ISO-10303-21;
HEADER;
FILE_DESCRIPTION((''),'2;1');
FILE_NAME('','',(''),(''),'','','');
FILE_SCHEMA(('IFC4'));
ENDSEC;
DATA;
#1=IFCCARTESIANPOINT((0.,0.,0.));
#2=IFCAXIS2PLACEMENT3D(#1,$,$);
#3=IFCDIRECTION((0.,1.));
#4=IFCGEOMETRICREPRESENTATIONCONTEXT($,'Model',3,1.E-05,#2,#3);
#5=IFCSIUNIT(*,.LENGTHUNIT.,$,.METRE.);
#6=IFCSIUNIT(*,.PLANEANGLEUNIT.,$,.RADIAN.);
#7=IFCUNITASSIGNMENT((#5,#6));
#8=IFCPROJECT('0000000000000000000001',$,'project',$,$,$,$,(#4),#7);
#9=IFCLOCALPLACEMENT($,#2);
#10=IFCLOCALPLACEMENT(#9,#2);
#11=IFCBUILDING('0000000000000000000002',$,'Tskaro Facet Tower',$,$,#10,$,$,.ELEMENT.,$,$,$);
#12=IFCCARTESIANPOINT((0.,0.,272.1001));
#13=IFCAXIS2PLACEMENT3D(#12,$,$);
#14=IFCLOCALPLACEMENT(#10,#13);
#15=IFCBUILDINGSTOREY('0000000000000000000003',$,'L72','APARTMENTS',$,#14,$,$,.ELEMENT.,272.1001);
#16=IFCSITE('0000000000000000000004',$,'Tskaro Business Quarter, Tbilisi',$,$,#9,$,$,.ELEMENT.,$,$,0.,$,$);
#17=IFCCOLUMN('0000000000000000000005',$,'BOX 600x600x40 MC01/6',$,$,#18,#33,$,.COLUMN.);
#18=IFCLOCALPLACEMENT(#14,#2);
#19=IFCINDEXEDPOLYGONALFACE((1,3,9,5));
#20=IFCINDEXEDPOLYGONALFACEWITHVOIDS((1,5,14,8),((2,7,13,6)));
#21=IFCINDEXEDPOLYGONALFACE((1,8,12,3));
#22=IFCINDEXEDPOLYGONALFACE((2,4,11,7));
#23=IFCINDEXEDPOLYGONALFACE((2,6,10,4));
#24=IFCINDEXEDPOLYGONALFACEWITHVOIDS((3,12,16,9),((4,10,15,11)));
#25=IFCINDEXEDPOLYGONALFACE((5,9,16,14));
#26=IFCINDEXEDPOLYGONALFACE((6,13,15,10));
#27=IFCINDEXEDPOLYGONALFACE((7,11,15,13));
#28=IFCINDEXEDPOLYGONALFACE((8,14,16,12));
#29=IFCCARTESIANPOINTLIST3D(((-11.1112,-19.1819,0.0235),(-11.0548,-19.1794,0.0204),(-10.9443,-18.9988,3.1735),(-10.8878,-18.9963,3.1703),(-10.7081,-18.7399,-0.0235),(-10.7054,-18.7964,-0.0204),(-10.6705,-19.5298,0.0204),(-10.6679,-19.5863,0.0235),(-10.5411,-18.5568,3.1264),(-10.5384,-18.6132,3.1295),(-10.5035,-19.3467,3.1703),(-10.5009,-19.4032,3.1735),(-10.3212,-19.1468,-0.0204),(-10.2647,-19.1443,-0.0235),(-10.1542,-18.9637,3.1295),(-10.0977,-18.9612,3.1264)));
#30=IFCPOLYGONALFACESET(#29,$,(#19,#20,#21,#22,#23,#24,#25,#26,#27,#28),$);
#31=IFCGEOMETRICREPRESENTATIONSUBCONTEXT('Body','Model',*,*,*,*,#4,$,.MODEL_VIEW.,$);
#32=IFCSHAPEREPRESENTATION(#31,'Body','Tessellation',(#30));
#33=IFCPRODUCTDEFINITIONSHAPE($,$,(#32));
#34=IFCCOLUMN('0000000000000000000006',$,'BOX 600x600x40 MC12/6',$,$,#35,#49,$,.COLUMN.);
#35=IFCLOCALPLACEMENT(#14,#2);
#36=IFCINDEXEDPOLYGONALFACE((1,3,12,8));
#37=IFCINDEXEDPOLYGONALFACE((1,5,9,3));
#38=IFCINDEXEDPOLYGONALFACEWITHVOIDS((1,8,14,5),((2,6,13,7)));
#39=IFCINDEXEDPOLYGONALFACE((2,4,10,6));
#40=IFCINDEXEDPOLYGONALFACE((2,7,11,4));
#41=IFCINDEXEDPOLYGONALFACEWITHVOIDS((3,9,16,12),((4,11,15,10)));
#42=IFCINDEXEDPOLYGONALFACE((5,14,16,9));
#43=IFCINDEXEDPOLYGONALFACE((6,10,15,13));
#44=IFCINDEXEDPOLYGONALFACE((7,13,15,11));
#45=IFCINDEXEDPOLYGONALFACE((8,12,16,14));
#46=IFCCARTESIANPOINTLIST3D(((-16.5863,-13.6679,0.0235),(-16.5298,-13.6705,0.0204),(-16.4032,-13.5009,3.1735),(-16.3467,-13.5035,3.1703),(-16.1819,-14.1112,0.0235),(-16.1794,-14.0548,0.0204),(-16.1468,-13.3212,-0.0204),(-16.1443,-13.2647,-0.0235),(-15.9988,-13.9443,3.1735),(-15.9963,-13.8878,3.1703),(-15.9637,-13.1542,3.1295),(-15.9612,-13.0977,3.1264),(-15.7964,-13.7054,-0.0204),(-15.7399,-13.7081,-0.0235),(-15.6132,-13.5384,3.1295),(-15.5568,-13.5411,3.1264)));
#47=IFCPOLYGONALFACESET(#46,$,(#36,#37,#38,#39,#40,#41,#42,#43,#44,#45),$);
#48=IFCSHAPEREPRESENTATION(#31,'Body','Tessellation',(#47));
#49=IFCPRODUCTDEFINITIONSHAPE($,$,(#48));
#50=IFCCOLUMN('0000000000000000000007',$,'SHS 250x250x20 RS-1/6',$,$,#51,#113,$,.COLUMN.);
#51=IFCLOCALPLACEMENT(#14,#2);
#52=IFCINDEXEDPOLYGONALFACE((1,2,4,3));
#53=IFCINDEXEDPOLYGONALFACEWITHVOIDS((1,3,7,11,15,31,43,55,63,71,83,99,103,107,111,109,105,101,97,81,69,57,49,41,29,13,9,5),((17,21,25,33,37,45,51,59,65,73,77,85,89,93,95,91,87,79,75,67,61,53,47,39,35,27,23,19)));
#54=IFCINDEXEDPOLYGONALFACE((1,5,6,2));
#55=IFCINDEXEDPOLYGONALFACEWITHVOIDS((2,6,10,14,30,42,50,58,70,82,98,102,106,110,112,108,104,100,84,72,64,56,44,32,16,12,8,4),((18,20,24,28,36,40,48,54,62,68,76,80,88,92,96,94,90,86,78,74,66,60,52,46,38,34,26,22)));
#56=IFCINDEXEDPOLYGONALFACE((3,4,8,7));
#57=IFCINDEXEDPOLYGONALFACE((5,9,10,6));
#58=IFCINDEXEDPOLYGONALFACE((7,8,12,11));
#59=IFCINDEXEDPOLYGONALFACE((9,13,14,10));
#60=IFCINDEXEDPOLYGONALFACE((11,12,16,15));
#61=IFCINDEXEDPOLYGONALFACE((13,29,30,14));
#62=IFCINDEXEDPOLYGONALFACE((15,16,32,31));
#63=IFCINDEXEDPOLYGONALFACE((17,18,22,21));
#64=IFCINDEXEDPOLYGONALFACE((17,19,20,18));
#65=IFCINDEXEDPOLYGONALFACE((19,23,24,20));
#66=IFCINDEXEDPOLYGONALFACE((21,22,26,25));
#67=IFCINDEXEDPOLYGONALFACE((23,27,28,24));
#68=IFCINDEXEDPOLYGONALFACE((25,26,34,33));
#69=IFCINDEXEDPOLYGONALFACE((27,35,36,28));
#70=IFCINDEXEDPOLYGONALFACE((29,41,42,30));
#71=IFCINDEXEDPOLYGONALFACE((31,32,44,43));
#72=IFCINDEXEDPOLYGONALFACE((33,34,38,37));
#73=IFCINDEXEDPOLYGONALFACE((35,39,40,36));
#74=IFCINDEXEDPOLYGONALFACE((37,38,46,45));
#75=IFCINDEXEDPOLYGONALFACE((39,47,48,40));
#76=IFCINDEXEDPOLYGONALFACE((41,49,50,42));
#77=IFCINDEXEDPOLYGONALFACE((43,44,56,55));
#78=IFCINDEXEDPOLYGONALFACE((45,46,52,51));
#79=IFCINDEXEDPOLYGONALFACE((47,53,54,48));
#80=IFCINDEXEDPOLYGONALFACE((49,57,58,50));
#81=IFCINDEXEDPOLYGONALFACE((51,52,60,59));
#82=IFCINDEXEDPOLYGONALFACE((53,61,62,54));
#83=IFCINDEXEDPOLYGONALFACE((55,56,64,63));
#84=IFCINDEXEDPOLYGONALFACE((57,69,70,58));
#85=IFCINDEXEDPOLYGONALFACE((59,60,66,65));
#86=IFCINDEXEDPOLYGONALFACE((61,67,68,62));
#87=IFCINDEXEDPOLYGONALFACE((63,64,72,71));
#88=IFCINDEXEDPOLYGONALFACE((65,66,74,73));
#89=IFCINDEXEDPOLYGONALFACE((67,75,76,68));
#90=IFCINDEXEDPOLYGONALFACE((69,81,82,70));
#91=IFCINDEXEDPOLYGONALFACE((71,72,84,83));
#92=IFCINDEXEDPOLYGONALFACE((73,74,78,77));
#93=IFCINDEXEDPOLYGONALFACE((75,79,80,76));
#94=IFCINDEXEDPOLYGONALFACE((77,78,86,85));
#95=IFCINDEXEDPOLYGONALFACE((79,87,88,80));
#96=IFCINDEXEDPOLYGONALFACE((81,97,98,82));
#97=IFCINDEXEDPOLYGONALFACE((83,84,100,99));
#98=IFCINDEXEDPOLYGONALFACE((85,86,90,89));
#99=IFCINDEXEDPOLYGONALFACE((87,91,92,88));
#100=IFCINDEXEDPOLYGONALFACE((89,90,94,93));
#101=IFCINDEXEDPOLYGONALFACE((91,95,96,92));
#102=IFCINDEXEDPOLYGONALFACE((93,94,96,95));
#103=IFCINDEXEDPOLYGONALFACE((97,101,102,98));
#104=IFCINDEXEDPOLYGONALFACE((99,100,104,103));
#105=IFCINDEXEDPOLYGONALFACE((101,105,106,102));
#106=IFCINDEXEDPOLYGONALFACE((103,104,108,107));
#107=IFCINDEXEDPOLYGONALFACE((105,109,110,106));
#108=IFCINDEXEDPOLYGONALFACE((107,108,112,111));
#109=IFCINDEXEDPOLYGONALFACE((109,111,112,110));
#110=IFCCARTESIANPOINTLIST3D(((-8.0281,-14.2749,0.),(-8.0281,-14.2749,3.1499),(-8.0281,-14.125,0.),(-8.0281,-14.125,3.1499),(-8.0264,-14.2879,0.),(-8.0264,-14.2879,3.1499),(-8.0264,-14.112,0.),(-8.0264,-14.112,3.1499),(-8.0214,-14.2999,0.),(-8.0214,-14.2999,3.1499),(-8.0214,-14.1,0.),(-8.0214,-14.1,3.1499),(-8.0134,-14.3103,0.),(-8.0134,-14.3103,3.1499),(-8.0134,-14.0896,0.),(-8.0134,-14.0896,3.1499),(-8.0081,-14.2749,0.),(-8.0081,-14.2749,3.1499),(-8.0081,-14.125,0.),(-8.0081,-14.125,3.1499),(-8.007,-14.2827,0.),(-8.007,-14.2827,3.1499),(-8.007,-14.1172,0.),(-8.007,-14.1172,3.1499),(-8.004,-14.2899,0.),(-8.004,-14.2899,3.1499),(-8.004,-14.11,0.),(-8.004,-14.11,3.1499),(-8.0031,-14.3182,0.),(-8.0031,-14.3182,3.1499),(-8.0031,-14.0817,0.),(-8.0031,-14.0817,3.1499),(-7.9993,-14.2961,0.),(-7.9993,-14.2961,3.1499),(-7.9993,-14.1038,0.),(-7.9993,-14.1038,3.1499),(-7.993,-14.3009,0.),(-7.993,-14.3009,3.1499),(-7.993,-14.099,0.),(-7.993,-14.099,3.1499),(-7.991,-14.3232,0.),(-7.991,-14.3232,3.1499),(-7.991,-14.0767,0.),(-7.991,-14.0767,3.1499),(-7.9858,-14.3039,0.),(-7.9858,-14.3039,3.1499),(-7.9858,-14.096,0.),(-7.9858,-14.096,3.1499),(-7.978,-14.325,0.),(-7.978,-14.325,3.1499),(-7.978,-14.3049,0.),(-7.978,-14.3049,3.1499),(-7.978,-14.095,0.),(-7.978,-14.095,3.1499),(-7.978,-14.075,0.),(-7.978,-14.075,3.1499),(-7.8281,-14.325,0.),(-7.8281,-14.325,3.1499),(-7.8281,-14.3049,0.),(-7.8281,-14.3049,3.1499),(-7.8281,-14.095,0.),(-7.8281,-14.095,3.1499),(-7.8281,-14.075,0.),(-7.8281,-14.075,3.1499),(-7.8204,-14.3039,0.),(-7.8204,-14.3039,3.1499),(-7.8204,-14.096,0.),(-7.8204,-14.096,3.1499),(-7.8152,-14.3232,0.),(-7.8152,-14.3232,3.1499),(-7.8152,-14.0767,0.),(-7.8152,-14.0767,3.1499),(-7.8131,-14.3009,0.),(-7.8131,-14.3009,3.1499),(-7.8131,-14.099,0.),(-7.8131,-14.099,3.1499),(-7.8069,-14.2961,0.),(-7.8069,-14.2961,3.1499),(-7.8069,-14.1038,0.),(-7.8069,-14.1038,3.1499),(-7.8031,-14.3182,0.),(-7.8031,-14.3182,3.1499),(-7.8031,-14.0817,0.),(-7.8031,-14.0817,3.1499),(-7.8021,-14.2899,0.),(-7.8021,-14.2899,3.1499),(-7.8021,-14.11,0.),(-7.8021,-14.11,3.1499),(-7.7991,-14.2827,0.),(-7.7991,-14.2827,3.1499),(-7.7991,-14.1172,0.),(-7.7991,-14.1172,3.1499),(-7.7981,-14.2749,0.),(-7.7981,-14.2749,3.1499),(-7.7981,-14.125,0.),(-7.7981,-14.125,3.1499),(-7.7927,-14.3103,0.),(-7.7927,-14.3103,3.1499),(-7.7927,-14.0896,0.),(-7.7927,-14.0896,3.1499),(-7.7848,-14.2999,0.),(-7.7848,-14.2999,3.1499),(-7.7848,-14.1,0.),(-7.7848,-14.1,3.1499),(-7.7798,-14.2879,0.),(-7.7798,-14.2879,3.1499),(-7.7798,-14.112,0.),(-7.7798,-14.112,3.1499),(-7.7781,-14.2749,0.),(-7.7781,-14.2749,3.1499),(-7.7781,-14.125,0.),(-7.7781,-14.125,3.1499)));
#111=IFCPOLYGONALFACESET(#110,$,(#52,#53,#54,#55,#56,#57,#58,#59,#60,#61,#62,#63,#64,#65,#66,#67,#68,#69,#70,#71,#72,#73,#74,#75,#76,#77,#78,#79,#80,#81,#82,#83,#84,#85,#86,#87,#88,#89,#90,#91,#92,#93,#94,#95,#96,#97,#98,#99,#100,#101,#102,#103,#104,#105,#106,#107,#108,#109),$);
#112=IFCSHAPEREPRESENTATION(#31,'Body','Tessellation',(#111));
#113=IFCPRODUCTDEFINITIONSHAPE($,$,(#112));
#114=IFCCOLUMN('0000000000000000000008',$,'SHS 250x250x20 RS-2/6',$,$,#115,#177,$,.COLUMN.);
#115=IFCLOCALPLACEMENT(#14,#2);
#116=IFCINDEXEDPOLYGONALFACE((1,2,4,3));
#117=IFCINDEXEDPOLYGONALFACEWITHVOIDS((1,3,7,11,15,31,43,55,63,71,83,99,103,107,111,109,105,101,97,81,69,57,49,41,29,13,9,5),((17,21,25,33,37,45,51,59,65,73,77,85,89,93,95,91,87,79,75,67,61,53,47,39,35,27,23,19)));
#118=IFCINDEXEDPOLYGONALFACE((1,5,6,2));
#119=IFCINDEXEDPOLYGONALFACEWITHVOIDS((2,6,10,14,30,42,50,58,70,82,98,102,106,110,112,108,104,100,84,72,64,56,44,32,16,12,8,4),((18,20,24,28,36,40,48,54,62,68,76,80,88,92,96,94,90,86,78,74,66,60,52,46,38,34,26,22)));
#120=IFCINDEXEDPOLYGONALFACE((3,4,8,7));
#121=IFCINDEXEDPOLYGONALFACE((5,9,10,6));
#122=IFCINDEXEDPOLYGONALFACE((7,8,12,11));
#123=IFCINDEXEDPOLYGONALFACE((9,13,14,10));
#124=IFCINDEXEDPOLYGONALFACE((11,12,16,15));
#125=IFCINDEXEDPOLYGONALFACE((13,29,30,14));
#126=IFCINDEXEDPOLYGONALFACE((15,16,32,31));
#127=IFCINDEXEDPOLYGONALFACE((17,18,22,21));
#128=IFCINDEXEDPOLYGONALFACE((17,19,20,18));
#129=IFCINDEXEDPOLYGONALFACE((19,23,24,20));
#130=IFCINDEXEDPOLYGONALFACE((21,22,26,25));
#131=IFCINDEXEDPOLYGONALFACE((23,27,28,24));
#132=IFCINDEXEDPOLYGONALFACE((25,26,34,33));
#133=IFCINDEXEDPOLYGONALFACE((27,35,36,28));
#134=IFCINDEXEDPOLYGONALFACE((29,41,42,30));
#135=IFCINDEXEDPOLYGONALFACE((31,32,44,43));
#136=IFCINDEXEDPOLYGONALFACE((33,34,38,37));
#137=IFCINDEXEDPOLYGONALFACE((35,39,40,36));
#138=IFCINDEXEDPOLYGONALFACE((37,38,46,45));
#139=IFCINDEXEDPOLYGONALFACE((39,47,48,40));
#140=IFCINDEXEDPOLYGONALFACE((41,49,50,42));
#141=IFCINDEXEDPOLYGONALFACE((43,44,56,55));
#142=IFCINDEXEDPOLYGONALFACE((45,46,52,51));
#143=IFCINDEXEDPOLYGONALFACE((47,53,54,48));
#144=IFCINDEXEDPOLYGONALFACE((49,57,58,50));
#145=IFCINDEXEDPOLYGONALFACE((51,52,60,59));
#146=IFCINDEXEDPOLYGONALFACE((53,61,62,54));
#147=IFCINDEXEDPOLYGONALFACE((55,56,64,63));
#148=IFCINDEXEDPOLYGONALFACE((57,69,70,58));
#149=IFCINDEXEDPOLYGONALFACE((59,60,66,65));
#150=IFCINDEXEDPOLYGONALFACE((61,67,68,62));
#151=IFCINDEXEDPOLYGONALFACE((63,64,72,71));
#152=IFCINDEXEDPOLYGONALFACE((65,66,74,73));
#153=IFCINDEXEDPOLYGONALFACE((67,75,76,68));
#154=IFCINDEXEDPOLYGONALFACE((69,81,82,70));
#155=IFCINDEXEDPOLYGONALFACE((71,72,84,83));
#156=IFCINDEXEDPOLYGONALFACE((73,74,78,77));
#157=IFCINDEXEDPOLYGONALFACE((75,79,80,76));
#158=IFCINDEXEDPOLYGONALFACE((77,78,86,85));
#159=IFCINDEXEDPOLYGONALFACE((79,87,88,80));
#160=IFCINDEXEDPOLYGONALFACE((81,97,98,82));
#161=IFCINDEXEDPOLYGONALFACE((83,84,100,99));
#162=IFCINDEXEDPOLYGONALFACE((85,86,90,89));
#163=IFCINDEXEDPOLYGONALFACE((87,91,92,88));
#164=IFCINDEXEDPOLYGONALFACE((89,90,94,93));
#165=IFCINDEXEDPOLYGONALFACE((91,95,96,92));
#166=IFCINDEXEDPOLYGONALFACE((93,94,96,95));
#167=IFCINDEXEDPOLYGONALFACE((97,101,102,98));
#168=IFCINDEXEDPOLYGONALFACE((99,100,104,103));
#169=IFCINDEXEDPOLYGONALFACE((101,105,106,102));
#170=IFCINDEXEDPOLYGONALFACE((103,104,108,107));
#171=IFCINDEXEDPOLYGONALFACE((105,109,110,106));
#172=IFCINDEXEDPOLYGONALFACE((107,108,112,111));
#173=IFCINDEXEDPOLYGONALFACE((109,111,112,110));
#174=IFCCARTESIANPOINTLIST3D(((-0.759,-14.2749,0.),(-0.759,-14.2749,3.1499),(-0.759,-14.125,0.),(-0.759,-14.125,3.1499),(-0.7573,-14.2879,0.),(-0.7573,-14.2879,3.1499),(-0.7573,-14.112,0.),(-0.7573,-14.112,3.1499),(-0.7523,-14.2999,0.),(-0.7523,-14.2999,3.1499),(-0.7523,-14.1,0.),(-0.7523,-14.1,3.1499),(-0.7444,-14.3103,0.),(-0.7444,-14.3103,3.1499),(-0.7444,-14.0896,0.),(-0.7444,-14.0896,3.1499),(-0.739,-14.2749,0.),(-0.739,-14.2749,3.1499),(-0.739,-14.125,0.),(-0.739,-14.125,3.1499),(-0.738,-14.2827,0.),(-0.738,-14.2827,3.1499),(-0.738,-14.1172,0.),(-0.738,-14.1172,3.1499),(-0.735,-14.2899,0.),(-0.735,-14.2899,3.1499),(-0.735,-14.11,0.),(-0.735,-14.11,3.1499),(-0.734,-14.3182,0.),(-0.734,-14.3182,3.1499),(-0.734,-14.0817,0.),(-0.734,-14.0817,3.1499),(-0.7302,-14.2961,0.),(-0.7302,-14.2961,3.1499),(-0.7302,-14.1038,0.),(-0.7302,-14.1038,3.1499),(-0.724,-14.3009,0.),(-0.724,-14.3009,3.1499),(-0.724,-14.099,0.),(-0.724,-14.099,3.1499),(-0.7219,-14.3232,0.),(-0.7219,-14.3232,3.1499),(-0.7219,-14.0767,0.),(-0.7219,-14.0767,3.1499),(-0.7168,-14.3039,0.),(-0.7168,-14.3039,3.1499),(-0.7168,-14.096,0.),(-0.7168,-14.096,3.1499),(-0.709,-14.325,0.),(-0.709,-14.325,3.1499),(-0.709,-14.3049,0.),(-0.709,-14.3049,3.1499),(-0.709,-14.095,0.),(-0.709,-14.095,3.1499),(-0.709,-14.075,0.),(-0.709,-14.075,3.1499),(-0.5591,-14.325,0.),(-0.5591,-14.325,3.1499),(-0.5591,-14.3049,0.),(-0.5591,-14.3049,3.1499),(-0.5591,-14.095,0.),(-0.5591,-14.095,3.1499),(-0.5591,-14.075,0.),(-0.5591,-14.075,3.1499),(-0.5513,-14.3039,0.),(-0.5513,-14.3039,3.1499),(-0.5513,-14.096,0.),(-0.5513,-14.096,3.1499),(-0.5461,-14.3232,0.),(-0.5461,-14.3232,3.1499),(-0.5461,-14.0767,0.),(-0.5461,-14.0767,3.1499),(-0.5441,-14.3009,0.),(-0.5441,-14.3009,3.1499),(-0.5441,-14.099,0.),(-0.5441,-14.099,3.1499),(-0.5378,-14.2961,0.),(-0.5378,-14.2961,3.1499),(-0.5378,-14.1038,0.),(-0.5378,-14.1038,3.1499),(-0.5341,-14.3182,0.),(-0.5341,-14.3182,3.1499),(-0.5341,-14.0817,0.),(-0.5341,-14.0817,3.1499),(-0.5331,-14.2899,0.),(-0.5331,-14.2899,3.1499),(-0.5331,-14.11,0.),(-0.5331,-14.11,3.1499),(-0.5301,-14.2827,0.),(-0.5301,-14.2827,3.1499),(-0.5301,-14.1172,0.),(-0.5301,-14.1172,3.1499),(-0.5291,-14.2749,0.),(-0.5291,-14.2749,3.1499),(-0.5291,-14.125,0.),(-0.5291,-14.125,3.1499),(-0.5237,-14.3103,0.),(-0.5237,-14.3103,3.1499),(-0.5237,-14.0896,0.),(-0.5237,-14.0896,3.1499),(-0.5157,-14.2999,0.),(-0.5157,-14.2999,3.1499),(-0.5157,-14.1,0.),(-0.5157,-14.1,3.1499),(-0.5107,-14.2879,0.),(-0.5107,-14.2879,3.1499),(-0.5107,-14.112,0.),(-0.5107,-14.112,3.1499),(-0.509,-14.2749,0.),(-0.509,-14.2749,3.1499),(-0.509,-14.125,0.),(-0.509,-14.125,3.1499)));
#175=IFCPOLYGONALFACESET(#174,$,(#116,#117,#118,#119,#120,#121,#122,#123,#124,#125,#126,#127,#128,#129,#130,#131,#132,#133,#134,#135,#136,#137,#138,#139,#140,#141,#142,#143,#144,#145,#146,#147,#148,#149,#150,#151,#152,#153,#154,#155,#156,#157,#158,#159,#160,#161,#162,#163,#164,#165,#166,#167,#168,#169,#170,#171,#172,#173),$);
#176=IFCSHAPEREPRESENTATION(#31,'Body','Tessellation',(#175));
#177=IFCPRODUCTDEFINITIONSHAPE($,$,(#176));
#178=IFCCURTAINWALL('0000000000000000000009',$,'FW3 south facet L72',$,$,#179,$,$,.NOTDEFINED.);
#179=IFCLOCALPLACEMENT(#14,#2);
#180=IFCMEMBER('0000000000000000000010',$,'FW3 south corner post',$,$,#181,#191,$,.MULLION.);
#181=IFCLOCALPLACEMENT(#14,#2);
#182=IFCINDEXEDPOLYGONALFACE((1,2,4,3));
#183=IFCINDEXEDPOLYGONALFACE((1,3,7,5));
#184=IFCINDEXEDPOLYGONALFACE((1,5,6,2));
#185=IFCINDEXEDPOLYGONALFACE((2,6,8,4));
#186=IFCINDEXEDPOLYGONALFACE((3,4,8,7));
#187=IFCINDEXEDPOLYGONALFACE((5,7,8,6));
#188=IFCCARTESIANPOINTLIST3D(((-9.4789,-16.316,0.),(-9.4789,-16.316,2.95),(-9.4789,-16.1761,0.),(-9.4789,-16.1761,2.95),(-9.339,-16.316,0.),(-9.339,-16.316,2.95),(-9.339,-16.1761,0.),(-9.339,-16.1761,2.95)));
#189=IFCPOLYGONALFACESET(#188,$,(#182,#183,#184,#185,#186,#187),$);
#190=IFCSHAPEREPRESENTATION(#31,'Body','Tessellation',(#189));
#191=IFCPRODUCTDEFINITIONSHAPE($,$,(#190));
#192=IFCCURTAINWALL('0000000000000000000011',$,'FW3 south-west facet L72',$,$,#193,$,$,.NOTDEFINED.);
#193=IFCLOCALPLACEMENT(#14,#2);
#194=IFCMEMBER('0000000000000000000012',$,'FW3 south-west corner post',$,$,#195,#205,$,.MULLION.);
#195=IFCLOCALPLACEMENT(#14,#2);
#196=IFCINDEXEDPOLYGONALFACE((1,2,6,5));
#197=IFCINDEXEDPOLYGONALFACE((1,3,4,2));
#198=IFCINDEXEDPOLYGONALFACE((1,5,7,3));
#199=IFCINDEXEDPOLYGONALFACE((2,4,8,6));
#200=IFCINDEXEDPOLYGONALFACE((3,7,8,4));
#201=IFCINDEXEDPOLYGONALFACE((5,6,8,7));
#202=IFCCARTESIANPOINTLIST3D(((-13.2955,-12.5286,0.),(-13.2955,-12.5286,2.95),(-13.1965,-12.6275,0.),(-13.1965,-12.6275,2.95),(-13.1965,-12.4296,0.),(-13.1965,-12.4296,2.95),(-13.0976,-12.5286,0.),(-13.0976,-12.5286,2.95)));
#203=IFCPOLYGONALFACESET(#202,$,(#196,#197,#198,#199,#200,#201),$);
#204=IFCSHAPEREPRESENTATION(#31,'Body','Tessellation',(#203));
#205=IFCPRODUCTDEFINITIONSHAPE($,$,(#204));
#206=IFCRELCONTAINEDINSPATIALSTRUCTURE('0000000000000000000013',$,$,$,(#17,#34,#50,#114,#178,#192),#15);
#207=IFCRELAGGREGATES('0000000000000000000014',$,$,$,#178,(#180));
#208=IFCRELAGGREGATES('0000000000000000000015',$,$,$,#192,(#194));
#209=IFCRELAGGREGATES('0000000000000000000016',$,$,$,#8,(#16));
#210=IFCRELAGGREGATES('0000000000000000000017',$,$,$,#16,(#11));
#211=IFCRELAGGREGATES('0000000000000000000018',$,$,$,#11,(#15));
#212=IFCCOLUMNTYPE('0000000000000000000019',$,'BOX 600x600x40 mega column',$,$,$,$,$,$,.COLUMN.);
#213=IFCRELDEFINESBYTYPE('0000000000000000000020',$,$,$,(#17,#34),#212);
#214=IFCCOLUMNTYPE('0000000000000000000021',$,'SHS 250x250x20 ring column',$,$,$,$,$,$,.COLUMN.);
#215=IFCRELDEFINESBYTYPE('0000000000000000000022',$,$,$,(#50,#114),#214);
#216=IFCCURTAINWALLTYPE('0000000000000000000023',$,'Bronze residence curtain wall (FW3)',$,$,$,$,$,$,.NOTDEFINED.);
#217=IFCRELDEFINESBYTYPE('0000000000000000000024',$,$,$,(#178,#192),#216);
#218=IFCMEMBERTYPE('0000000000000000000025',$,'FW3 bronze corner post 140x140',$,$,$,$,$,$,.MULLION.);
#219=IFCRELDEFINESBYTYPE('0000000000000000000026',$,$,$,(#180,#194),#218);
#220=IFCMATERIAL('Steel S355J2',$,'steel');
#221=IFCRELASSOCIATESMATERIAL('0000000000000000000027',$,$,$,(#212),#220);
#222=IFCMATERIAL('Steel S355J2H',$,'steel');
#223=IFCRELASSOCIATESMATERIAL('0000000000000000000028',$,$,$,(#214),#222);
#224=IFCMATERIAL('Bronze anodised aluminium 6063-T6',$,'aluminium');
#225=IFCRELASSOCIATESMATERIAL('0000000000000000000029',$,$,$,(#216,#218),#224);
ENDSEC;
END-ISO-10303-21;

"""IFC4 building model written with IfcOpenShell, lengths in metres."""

from ifc_helpers import new_model, si_unit, direction, frame, origin, origin_2d, place, context, subcontext, project, spatial, rectangle, hollow_rectangle, extrude, material, material_profile, profile_set, type_object, element, aggregate, save


model = new_model("IFC4")

# Units and contexts
model_context = context("Model", 3, precision=1e-05, world=origin(), true_north=direction((0.0, 1.0)))
body_context = subcontext(model_context, "Body", "Model", "MODEL_VIEW")
ifc_project = project(units=[si_unit("LENGTHUNIT", "METRE"), si_unit("PLANEANGLEUNIT", "RADIAN")], contexts=[model_context])

# Site, building, storey
site_placement = place(None, origin())
site = spatial("IfcSite", under=ifc_project, at=site_placement, Name="Tskaro Business Quarter, Tbilisi", CompositionType="ELEMENT", RefElevation=0.0)
building_placement = place(site_placement, origin())
building = spatial("IfcBuilding", under=site, at=building_placement, Name="Tskaro Facet Tower", CompositionType="ELEMENT")
storey_placement = place(building_placement, frame((0.0, 0.0, 272.1001)))
storey = spatial("IfcBuildingStorey", under=building, at=storey_placement, Name="L72", Description="APARTMENTS", CompositionType="ELEMENT", Elevation=272.1001)

# Columns
ifc_material_1 = material(Name="Steel S355J2", Category="steel")
ifc_material_profile_1 = material_profile(ifc_material_1, hollow_rectangle(XDim=0.6001, YDim=0.6001, WallThickness=0.04, at=origin_2d()), Name="BOX 600x600x40")
ifc_profile_set_1 = profile_set([ifc_material_profile_1], Name="Steel S355J2")
column_type_1 = type_object("IfcColumnType", Name="BOX 600x600x40 mega column", PredefinedType="COLUMN", material=ifc_profile_set_1)
for number, where, z_axis, x_axis, name in (
    (1, (-10.688, -19.1631, 0.0), (0.052852, 0.057951, 0.996919), (-0.738869, 0.673849, 0.0), "BOX 600x600x40 MC01/6"),
    (2, (-16.1631, -13.688, 0.0), (0.057951, 0.052852, 0.996919), (-0.673849, 0.738869, 0.0), "BOX 600x600x40 MC12/6"),
):
    element("IfcColumn", number, at=place(storey_placement, frame(where, z_axis=z_axis, x_axis=x_axis)), inside=storey, type_object=column_type_1, Name=name, PredefinedType="COLUMN", context=body_context, shape_type="SweptSolid", body=[
        extrude(hollow_rectangle(XDim=0.6001, YDim=0.6001, WallThickness=0.04, at=origin_2d()), origin(), (0.0, 0.0, 1.0), 3.1597),
    ])
ifc_material_2 = material(Name="Steel S355J2H", Category="steel")
ifc_material_profile_2 = material_profile(ifc_material_2, hollow_rectangle(XDim=0.25, YDim=0.25, WallThickness=0.02, InnerFilletRadius=0.03, OuterFilletRadius=0.05, at=origin_2d()), Name="SHS 250x250x20")
ifc_profile_set_2 = profile_set([ifc_material_profile_2], Name="Steel S355J2H")
column_type_2 = type_object("IfcColumnType", Name="SHS 250x250x20 ring column", PredefinedType="COLUMN", material=ifc_profile_set_2)
for number, where, z_axis, x_axis, name in (
    (3, (-7.9031, -14.2, 0.0), (0.0, 0.0, 1.0), (1.0, 0.0, 0.0), "SHS 250x250x20 RS-1/6"),
    (4, (-0.634, -14.2, 0.0), (0.0, 0.0, 1.0), (1.0, 0.0, 0.0), "SHS 250x250x20 RS-2/6"),
):
    element("IfcColumn", number, at=place(storey_placement, frame(where, z_axis=z_axis, x_axis=x_axis)), inside=storey, type_object=column_type_2, Name=name, PredefinedType="COLUMN", context=body_context, shape_type="SweptSolid", body=[
        extrude(hollow_rectangle(XDim=0.25, YDim=0.25, WallThickness=0.02, InnerFilletRadius=0.03, OuterFilletRadius=0.05, at=origin_2d()), origin(), (0.0, 0.0, 1.0), 3.1499),
    ])

# Curtain walls, members
ifc_material_3 = material(Name="Bronze anodised aluminium 6063-T6", Category="aluminium")
curtain_wall_type = type_object("IfcCurtainWallType", Name="Bronze residence curtain wall (FW3)", PredefinedType="NOTDEFINED", material=ifc_material_3)
curtain_wall_1_placement = place(storey_placement, origin())
curtain_wall_1 = element("IfcCurtainWall", 5, at=curtain_wall_1_placement, inside=storey, type_object=curtain_wall_type, Name="FW3 south facet L72", PredefinedType="NOTDEFINED")
ifc_material_profile_3 = material_profile(ifc_material_3, rectangle(XDim=0.1399, YDim=0.1399, at=origin_2d()), Name="Corner post 140x140")
ifc_profile_set_3 = profile_set([ifc_material_profile_3], Name="Bronze anodised aluminium 6063-T6")
member_type_1 = type_object("IfcMemberType", Name="FW3 bronze corner post 140x140", PredefinedType="MULLION", material=ifc_profile_set_3)
member_1_placement = place(storey_placement, frame((-9.4089, -16.2461, 0.0), z_axis=(0.0, 0.0, 1.0), x_axis=(1.0, 0.0, 0.0)))
member_1 = element("IfcMember", 6, at=member_1_placement, type_object=member_type_1, Name="FW3 south corner post", PredefinedType="MULLION", context=body_context, shape_type="SweptSolid", body=[
    extrude(rectangle(XDim=0.1399, YDim=0.1399, at=origin_2d()), origin(), (0.0, 0.0, 1.0), 2.95),
])
curtain_wall_2_placement = place(storey_placement, origin())
curtain_wall_2 = element("IfcCurtainWall", 7, at=curtain_wall_2_placement, inside=storey, type_object=curtain_wall_type, Name="FW3 south-west facet L72", PredefinedType="NOTDEFINED")
member_2_placement = place(storey_placement, frame((-13.1965, -12.5286, 0.0), z_axis=(0.0, 0.0, 1.0), x_axis=(0.707107, -0.707107, 0.0)))
member_2 = element("IfcMember", 8, at=member_2_placement, type_object=member_type_1, Name="FW3 south-west corner post", PredefinedType="MULLION", context=body_context, shape_type="SweptSolid", body=[
    extrude(rectangle(XDim=0.1399, YDim=0.1399, at=origin_2d()), origin(), (0.0, 0.0, 1.0), 2.95),
])

aggregate(curtain_wall_1, [member_1])
aggregate(curtain_wall_2, [member_2])

save(model, "model.ifc")
